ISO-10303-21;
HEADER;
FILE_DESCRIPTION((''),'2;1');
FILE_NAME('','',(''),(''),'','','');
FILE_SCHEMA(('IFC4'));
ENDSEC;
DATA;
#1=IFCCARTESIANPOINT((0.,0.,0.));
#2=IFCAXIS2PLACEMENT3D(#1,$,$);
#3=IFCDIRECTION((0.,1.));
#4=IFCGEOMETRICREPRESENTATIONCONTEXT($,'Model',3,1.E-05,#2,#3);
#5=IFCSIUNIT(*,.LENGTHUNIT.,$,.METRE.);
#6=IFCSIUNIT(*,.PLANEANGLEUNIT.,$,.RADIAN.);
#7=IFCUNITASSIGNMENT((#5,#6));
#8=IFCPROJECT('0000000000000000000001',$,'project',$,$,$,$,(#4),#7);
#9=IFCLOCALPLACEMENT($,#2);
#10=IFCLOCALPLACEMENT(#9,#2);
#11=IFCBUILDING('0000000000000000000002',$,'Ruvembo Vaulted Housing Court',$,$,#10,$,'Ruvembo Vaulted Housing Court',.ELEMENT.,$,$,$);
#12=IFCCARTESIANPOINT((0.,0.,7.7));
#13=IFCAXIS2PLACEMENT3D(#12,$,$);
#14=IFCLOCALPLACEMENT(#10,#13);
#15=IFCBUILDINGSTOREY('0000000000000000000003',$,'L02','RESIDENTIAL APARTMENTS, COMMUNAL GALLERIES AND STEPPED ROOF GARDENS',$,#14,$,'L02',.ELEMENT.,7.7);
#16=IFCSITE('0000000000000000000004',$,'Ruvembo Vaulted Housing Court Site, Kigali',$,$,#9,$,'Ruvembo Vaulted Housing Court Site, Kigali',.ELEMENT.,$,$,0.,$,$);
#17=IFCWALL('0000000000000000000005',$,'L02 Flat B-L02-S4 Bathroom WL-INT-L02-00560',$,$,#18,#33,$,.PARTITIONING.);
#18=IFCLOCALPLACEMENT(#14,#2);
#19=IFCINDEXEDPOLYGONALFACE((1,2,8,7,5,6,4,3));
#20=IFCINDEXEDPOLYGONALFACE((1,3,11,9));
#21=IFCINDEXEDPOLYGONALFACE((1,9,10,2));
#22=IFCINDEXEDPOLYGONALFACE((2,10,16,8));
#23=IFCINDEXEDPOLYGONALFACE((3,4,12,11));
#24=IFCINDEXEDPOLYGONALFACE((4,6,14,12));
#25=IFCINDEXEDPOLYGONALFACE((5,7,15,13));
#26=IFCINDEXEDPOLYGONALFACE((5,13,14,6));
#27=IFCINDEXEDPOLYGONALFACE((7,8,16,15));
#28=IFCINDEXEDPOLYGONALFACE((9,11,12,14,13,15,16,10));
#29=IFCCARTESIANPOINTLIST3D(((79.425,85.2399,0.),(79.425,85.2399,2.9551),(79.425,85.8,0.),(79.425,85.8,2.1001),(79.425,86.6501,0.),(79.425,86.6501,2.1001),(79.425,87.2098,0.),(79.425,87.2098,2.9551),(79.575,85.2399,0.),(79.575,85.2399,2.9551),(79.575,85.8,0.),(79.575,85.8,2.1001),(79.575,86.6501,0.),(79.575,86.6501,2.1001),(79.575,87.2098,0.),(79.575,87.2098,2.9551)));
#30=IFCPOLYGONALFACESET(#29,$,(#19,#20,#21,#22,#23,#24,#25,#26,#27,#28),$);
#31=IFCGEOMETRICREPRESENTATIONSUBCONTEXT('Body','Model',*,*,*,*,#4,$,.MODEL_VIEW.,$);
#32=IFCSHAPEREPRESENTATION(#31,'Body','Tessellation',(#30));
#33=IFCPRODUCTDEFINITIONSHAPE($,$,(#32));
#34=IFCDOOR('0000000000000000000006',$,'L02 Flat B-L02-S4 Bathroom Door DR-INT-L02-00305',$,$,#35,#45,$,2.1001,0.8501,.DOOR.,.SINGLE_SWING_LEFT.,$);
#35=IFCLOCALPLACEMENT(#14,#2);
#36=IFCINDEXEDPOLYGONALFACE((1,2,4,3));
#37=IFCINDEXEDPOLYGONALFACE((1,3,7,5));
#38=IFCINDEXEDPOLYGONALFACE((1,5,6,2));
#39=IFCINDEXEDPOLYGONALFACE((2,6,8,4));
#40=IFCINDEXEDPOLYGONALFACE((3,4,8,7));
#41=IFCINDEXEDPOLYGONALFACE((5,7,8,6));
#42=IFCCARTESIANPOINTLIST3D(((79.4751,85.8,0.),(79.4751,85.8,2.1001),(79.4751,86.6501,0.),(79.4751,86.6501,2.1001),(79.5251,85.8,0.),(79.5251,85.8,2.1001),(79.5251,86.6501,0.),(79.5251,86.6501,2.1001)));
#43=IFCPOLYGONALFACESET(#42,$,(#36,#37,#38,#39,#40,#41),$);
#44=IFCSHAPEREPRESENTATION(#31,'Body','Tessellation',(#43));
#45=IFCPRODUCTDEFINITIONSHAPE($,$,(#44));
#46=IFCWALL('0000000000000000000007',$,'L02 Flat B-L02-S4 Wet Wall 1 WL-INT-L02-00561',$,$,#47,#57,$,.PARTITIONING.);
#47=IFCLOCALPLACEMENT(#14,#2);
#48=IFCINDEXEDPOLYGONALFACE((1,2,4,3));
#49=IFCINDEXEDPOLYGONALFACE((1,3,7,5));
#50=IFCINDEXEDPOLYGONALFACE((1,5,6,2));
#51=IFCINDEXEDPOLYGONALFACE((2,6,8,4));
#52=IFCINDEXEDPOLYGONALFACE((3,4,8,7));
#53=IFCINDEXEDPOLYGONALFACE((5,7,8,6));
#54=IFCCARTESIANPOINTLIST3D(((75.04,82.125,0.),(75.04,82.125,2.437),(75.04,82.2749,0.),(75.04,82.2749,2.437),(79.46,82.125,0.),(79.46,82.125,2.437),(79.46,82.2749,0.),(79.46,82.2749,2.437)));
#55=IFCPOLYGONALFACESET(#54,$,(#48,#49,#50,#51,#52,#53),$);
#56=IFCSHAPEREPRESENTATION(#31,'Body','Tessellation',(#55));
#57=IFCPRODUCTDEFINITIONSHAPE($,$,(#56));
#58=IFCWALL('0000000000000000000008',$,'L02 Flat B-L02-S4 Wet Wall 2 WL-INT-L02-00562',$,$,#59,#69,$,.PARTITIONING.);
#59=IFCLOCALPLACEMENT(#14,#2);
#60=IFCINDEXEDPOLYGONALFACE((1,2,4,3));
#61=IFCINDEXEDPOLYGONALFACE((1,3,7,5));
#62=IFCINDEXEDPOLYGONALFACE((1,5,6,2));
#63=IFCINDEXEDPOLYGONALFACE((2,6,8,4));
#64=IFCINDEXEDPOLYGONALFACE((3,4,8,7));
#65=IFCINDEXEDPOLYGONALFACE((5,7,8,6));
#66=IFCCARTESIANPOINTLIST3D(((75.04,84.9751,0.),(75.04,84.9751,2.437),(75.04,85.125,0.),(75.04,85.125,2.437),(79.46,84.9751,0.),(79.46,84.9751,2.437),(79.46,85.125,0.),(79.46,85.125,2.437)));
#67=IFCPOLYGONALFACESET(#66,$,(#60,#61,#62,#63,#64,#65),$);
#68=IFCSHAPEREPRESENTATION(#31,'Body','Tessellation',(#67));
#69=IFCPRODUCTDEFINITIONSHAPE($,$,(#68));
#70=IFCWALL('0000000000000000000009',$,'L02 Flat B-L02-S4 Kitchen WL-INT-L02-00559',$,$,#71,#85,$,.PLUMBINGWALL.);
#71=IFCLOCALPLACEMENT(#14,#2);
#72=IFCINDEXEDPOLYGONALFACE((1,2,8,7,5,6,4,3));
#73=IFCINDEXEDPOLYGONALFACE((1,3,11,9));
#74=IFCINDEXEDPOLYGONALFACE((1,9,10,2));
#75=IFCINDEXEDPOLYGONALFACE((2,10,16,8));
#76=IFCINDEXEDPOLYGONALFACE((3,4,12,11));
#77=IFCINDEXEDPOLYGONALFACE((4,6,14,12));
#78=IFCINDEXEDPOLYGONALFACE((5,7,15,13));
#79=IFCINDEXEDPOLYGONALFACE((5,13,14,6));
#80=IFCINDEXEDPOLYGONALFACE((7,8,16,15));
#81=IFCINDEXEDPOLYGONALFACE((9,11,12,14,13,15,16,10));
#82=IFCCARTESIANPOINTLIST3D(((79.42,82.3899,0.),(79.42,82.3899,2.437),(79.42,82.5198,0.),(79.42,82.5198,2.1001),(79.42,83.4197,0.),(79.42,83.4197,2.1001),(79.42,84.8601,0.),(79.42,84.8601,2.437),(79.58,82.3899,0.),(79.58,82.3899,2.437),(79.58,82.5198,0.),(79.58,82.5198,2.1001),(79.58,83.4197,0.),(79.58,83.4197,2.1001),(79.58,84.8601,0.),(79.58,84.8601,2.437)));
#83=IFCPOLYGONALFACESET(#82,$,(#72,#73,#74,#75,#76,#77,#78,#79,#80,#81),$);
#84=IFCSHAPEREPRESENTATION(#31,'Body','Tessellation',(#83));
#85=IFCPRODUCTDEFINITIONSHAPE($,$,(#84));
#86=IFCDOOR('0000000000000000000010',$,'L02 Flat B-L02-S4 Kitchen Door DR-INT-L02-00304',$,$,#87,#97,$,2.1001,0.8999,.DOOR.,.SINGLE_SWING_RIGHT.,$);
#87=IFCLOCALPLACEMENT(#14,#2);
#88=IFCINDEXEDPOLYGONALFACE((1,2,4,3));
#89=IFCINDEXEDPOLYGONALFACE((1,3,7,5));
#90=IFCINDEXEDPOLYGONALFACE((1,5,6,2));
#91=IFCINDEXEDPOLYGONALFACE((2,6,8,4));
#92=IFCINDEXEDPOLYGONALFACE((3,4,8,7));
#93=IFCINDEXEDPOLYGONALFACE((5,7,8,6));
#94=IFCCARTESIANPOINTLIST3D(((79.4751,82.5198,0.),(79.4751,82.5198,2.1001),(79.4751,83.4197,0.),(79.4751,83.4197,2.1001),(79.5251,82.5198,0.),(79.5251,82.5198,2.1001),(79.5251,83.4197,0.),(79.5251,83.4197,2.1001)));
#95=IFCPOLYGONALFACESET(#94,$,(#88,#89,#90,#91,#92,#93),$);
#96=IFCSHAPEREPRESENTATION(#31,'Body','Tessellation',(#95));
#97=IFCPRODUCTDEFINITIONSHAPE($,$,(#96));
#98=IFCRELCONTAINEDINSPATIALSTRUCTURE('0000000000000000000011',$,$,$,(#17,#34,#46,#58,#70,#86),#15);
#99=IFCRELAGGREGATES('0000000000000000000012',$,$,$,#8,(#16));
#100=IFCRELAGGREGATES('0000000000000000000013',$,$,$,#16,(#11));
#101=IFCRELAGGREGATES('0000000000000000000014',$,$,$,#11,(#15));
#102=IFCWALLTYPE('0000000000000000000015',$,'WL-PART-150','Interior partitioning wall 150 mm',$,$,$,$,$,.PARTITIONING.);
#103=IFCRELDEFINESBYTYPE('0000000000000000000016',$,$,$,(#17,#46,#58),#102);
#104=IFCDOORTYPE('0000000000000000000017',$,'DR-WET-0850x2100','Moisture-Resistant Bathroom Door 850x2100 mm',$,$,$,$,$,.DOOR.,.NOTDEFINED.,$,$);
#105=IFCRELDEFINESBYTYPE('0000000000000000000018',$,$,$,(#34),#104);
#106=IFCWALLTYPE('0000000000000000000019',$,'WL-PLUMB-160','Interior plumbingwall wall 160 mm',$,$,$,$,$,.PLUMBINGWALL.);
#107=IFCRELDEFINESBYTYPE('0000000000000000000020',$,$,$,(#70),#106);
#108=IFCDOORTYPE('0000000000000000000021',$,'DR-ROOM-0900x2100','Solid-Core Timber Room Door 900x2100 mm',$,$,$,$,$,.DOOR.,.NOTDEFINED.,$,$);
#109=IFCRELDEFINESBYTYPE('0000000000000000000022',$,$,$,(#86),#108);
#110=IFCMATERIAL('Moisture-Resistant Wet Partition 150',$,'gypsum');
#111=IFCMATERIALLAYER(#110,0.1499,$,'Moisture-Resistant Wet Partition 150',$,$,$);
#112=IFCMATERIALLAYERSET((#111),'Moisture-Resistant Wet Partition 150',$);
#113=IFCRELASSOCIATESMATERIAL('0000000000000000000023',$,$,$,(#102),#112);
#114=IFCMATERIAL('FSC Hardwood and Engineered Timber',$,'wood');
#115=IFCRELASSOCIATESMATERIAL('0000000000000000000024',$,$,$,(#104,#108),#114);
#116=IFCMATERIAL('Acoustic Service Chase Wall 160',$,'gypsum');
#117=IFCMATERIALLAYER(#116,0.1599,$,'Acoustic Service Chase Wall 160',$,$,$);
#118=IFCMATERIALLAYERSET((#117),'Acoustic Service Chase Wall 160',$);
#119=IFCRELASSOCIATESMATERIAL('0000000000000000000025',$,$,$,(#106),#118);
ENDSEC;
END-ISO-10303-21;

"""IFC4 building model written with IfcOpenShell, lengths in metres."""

from ifc_helpers import new_model, si_unit, direction, frame, frame_2d, origin, place, context, subcontext, project, spatial, rectangle, extrude, material, layer, layer_set, type_object, element, fill, save


model = new_model("IFC4")

# Units and contexts
model_context = context("Model", 3, precision=1e-05, world=origin(), true_north=direction((0.0, 1.0)))
body_context = subcontext(model_context, "Body", "Model", "MODEL_VIEW")
ifc_project = project(units=[si_unit("LENGTHUNIT", "METRE"), si_unit("PLANEANGLEUNIT", "RADIAN")], contexts=[model_context])

# Site, building, storey
site_placement = place(None, origin())
site = spatial("IfcSite", under=ifc_project, at=site_placement, Name="Ruvembo Vaulted Housing Court Site, Kigali", LongName="Ruvembo Vaulted Housing Court Site, Kigali", CompositionType="ELEMENT", RefElevation=0.0)
building_placement = place(site_placement, origin())
building = spatial("IfcBuilding", under=site, at=building_placement, Name="Ruvembo Vaulted Housing Court", LongName="Ruvembo Vaulted Housing Court", CompositionType="ELEMENT")
storey_placement = place(building_placement, frame((0.0, 0.0, 7.7)))
storey = spatial("IfcBuildingStorey", under=building, at=storey_placement, Name="L02", Description="RESIDENTIAL APARTMENTS, COMMUNAL GALLERIES AND STEPPED ROOF GARDENS", LongName="L02", CompositionType="ELEMENT", Elevation=7.7)

# Shared definitions
ifc_material_1 = material(Name="FSC Hardwood and Engineered Timber", Category="wood")

# Wall, opening, door
ifc_material_2 = material(Name="Moisture-Resistant Wet Partition 150", Category="gypsum")
ifc_layer_1 = layer(ifc_material_2, 0.1499, Name="Moisture-Resistant Wet Partition 150")
ifc_layer_set_1 = layer_set([ifc_layer_1], Name="Moisture-Resistant Wet Partition 150")
wall_type_1 = type_object("IfcWallType", Name="WL-PART-150", Description="Interior partitioning wall 150 mm", PredefinedType="PARTITIONING", material=ifc_layer_set_1)
wall_1_placement = place(storey_placement, frame((79.5, 85.24, 0.0), z_axis=(0.0, 0.0, 1.0), x_axis=(0.0, 1.0, 0.0)))
wall_1 = element("IfcWall", 1, at=wall_1_placement, inside=storey, type_object=wall_type_1, Name="L02 Flat B-L02-S4 Bathroom WL-INT-L02-00560", PredefinedType="PARTITIONING", context=body_context, shape_type="SweptSolid", body=[
    extrude(rectangle(XDim=1.97, YDim=0.1499, at=frame_2d((0.9849, 0.0))), origin(), (0.0, 0.0, 1.0), 2.9551),
])
opening_1_placement = place(wall_1_placement, frame((0.5601, 0.0, 0.0)))
opening_1 = element("IfcOpeningElement", 2, at=opening_1_placement, cuts=wall_1, PredefinedType="OPENING", context=body_context, shape_type="SweptSolid", body=[
    extrude(rectangle(XDim=0.8501, YDim=2.1001, at=frame_2d((0.425, 1.05))), frame((0.0, 0.085, 0.0), z_axis=(0.0, -1.0, 0.0), x_axis=(1.0, 0.0, 0.0)), (0.0, 0.0, 1.0), 0.1699),
])
door_type_1 = type_object("IfcDoorType", Name="DR-WET-0850x2100", Description="Moisture-Resistant Bathroom Door 850x2100 mm", OperationType="NOTDEFINED", PredefinedType="DOOR", material=ifc_material_1)
door_1_placement = place(opening_1_placement, origin())
door_1 = element("IfcDoor", 3, at=door_1_placement, inside=storey, type_object=door_type_1, Name="L02 Flat B-L02-S4 Bathroom Door DR-INT-L02-00305", OperationType="SINGLE_SWING_LEFT", OverallHeight=2.1001, OverallWidth=0.8501, PredefinedType="DOOR", context=body_context, shape_type="SweptSolid", body=[
    extrude(rectangle(XDim=0.8501, YDim=2.1001, at=frame_2d((0.425, 1.05))), frame((0.0, 0.0249, 0.0), z_axis=(0.0, -1.0, 0.0), x_axis=(1.0, 0.0, 0.0)), (0.0, 0.0, 1.0), 0.05),
])
fill(opening_1, door_1)

# Walls
for number, where, z_axis, x_axis, name in (
    (4, (75.04, 82.2, 0.0), (0.0, 0.0, 1.0), (1.0, 0.0, 0.0), "L02 Flat B-L02-S4 Wet Wall 1 WL-INT-L02-00561"),
    (5, (75.04, 85.05, 0.0), (0.0, 0.0, 1.0), (1.0, 0.0, 0.0), "L02 Flat B-L02-S4 Wet Wall 2 WL-INT-L02-00562"),
):
    element("IfcWall", number, at=place(storey_placement, frame(where, z_axis=z_axis, x_axis=x_axis)), inside=storey, type_object=wall_type_1, Name=name, PredefinedType="PARTITIONING", context=body_context, shape_type="SweptSolid", body=[
        extrude(rectangle(XDim=4.4199, YDim=0.1499, at=frame_2d((2.21, 0.0))), origin(), (0.0, 0.0, 1.0), 2.437),
    ])

# Wall, opening, door
ifc_material_3 = material(Name="Acoustic Service Chase Wall 160", Category="gypsum")
ifc_layer_2 = layer(ifc_material_3, 0.1599, Name="Acoustic Service Chase Wall 160")
ifc_layer_set_2 = layer_set([ifc_layer_2], Name="Acoustic Service Chase Wall 160")
wall_type_2 = type_object("IfcWallType", Name="WL-PLUMB-160", Description="Interior plumbingwall wall 160 mm", PredefinedType="PLUMBINGWALL", material=ifc_layer_set_2)
wall_2_placement = place(storey_placement, frame((79.5, 82.3899, 0.0), z_axis=(0.0, 0.0, 1.0), x_axis=(0.0, 1.0, 0.0)))
wall_2 = element("IfcWall", 6, at=wall_2_placement, inside=storey, type_object=wall_type_2, Name="L02 Flat B-L02-S4 Kitchen WL-INT-L02-00559", PredefinedType="PLUMBINGWALL", context=body_context, shape_type="SweptSolid", body=[
    extrude(rectangle(XDim=2.4702, YDim=0.1599, at=frame_2d((1.2351, 0.0))), origin(), (0.0, 0.0, 1.0), 2.437),
])
opening_2_placement = place(wall_2_placement, frame((0.1299, 0.0, 0.0)))
opening_2 = element("IfcOpeningElement", 7, at=opening_2_placement, cuts=wall_2, PredefinedType="OPENING", context=body_context, shape_type="SweptSolid", body=[
    extrude(rectangle(XDim=0.8999, YDim=2.1001, at=frame_2d((0.45, 1.05))), frame((0.0, 0.0898, 0.0), z_axis=(0.0, -1.0, 0.0), x_axis=(1.0, 0.0, 0.0)), (0.0, 0.0, 1.0), 0.1799),
])
door_type_2 = type_object("IfcDoorType", Name="DR-ROOM-0900x2100", Description="Solid-Core Timber Room Door 900x2100 mm", OperationType="NOTDEFINED", PredefinedType="DOOR", material=ifc_material_1)
door_2_placement = place(opening_2_placement, origin())
door_2 = element("IfcDoor", 8, at=door_2_placement, inside=storey, type_object=door_type_2, Name="L02 Flat B-L02-S4 Kitchen Door DR-INT-L02-00304", OperationType="SINGLE_SWING_RIGHT", OverallHeight=2.1001, OverallWidth=0.8999, PredefinedType="DOOR", context=body_context, shape_type="SweptSolid", body=[
    extrude(rectangle(XDim=0.8999, YDim=2.1001, at=frame_2d((0.45, 1.05))), frame((0.0, 0.0249, 0.0), z_axis=(0.0, -1.0, 0.0), x_axis=(1.0, 0.0, 0.0)), (0.0, 0.0, 1.0), 0.05),
])
fill(opening_2, door_2)

save(model, "model.ifc")
